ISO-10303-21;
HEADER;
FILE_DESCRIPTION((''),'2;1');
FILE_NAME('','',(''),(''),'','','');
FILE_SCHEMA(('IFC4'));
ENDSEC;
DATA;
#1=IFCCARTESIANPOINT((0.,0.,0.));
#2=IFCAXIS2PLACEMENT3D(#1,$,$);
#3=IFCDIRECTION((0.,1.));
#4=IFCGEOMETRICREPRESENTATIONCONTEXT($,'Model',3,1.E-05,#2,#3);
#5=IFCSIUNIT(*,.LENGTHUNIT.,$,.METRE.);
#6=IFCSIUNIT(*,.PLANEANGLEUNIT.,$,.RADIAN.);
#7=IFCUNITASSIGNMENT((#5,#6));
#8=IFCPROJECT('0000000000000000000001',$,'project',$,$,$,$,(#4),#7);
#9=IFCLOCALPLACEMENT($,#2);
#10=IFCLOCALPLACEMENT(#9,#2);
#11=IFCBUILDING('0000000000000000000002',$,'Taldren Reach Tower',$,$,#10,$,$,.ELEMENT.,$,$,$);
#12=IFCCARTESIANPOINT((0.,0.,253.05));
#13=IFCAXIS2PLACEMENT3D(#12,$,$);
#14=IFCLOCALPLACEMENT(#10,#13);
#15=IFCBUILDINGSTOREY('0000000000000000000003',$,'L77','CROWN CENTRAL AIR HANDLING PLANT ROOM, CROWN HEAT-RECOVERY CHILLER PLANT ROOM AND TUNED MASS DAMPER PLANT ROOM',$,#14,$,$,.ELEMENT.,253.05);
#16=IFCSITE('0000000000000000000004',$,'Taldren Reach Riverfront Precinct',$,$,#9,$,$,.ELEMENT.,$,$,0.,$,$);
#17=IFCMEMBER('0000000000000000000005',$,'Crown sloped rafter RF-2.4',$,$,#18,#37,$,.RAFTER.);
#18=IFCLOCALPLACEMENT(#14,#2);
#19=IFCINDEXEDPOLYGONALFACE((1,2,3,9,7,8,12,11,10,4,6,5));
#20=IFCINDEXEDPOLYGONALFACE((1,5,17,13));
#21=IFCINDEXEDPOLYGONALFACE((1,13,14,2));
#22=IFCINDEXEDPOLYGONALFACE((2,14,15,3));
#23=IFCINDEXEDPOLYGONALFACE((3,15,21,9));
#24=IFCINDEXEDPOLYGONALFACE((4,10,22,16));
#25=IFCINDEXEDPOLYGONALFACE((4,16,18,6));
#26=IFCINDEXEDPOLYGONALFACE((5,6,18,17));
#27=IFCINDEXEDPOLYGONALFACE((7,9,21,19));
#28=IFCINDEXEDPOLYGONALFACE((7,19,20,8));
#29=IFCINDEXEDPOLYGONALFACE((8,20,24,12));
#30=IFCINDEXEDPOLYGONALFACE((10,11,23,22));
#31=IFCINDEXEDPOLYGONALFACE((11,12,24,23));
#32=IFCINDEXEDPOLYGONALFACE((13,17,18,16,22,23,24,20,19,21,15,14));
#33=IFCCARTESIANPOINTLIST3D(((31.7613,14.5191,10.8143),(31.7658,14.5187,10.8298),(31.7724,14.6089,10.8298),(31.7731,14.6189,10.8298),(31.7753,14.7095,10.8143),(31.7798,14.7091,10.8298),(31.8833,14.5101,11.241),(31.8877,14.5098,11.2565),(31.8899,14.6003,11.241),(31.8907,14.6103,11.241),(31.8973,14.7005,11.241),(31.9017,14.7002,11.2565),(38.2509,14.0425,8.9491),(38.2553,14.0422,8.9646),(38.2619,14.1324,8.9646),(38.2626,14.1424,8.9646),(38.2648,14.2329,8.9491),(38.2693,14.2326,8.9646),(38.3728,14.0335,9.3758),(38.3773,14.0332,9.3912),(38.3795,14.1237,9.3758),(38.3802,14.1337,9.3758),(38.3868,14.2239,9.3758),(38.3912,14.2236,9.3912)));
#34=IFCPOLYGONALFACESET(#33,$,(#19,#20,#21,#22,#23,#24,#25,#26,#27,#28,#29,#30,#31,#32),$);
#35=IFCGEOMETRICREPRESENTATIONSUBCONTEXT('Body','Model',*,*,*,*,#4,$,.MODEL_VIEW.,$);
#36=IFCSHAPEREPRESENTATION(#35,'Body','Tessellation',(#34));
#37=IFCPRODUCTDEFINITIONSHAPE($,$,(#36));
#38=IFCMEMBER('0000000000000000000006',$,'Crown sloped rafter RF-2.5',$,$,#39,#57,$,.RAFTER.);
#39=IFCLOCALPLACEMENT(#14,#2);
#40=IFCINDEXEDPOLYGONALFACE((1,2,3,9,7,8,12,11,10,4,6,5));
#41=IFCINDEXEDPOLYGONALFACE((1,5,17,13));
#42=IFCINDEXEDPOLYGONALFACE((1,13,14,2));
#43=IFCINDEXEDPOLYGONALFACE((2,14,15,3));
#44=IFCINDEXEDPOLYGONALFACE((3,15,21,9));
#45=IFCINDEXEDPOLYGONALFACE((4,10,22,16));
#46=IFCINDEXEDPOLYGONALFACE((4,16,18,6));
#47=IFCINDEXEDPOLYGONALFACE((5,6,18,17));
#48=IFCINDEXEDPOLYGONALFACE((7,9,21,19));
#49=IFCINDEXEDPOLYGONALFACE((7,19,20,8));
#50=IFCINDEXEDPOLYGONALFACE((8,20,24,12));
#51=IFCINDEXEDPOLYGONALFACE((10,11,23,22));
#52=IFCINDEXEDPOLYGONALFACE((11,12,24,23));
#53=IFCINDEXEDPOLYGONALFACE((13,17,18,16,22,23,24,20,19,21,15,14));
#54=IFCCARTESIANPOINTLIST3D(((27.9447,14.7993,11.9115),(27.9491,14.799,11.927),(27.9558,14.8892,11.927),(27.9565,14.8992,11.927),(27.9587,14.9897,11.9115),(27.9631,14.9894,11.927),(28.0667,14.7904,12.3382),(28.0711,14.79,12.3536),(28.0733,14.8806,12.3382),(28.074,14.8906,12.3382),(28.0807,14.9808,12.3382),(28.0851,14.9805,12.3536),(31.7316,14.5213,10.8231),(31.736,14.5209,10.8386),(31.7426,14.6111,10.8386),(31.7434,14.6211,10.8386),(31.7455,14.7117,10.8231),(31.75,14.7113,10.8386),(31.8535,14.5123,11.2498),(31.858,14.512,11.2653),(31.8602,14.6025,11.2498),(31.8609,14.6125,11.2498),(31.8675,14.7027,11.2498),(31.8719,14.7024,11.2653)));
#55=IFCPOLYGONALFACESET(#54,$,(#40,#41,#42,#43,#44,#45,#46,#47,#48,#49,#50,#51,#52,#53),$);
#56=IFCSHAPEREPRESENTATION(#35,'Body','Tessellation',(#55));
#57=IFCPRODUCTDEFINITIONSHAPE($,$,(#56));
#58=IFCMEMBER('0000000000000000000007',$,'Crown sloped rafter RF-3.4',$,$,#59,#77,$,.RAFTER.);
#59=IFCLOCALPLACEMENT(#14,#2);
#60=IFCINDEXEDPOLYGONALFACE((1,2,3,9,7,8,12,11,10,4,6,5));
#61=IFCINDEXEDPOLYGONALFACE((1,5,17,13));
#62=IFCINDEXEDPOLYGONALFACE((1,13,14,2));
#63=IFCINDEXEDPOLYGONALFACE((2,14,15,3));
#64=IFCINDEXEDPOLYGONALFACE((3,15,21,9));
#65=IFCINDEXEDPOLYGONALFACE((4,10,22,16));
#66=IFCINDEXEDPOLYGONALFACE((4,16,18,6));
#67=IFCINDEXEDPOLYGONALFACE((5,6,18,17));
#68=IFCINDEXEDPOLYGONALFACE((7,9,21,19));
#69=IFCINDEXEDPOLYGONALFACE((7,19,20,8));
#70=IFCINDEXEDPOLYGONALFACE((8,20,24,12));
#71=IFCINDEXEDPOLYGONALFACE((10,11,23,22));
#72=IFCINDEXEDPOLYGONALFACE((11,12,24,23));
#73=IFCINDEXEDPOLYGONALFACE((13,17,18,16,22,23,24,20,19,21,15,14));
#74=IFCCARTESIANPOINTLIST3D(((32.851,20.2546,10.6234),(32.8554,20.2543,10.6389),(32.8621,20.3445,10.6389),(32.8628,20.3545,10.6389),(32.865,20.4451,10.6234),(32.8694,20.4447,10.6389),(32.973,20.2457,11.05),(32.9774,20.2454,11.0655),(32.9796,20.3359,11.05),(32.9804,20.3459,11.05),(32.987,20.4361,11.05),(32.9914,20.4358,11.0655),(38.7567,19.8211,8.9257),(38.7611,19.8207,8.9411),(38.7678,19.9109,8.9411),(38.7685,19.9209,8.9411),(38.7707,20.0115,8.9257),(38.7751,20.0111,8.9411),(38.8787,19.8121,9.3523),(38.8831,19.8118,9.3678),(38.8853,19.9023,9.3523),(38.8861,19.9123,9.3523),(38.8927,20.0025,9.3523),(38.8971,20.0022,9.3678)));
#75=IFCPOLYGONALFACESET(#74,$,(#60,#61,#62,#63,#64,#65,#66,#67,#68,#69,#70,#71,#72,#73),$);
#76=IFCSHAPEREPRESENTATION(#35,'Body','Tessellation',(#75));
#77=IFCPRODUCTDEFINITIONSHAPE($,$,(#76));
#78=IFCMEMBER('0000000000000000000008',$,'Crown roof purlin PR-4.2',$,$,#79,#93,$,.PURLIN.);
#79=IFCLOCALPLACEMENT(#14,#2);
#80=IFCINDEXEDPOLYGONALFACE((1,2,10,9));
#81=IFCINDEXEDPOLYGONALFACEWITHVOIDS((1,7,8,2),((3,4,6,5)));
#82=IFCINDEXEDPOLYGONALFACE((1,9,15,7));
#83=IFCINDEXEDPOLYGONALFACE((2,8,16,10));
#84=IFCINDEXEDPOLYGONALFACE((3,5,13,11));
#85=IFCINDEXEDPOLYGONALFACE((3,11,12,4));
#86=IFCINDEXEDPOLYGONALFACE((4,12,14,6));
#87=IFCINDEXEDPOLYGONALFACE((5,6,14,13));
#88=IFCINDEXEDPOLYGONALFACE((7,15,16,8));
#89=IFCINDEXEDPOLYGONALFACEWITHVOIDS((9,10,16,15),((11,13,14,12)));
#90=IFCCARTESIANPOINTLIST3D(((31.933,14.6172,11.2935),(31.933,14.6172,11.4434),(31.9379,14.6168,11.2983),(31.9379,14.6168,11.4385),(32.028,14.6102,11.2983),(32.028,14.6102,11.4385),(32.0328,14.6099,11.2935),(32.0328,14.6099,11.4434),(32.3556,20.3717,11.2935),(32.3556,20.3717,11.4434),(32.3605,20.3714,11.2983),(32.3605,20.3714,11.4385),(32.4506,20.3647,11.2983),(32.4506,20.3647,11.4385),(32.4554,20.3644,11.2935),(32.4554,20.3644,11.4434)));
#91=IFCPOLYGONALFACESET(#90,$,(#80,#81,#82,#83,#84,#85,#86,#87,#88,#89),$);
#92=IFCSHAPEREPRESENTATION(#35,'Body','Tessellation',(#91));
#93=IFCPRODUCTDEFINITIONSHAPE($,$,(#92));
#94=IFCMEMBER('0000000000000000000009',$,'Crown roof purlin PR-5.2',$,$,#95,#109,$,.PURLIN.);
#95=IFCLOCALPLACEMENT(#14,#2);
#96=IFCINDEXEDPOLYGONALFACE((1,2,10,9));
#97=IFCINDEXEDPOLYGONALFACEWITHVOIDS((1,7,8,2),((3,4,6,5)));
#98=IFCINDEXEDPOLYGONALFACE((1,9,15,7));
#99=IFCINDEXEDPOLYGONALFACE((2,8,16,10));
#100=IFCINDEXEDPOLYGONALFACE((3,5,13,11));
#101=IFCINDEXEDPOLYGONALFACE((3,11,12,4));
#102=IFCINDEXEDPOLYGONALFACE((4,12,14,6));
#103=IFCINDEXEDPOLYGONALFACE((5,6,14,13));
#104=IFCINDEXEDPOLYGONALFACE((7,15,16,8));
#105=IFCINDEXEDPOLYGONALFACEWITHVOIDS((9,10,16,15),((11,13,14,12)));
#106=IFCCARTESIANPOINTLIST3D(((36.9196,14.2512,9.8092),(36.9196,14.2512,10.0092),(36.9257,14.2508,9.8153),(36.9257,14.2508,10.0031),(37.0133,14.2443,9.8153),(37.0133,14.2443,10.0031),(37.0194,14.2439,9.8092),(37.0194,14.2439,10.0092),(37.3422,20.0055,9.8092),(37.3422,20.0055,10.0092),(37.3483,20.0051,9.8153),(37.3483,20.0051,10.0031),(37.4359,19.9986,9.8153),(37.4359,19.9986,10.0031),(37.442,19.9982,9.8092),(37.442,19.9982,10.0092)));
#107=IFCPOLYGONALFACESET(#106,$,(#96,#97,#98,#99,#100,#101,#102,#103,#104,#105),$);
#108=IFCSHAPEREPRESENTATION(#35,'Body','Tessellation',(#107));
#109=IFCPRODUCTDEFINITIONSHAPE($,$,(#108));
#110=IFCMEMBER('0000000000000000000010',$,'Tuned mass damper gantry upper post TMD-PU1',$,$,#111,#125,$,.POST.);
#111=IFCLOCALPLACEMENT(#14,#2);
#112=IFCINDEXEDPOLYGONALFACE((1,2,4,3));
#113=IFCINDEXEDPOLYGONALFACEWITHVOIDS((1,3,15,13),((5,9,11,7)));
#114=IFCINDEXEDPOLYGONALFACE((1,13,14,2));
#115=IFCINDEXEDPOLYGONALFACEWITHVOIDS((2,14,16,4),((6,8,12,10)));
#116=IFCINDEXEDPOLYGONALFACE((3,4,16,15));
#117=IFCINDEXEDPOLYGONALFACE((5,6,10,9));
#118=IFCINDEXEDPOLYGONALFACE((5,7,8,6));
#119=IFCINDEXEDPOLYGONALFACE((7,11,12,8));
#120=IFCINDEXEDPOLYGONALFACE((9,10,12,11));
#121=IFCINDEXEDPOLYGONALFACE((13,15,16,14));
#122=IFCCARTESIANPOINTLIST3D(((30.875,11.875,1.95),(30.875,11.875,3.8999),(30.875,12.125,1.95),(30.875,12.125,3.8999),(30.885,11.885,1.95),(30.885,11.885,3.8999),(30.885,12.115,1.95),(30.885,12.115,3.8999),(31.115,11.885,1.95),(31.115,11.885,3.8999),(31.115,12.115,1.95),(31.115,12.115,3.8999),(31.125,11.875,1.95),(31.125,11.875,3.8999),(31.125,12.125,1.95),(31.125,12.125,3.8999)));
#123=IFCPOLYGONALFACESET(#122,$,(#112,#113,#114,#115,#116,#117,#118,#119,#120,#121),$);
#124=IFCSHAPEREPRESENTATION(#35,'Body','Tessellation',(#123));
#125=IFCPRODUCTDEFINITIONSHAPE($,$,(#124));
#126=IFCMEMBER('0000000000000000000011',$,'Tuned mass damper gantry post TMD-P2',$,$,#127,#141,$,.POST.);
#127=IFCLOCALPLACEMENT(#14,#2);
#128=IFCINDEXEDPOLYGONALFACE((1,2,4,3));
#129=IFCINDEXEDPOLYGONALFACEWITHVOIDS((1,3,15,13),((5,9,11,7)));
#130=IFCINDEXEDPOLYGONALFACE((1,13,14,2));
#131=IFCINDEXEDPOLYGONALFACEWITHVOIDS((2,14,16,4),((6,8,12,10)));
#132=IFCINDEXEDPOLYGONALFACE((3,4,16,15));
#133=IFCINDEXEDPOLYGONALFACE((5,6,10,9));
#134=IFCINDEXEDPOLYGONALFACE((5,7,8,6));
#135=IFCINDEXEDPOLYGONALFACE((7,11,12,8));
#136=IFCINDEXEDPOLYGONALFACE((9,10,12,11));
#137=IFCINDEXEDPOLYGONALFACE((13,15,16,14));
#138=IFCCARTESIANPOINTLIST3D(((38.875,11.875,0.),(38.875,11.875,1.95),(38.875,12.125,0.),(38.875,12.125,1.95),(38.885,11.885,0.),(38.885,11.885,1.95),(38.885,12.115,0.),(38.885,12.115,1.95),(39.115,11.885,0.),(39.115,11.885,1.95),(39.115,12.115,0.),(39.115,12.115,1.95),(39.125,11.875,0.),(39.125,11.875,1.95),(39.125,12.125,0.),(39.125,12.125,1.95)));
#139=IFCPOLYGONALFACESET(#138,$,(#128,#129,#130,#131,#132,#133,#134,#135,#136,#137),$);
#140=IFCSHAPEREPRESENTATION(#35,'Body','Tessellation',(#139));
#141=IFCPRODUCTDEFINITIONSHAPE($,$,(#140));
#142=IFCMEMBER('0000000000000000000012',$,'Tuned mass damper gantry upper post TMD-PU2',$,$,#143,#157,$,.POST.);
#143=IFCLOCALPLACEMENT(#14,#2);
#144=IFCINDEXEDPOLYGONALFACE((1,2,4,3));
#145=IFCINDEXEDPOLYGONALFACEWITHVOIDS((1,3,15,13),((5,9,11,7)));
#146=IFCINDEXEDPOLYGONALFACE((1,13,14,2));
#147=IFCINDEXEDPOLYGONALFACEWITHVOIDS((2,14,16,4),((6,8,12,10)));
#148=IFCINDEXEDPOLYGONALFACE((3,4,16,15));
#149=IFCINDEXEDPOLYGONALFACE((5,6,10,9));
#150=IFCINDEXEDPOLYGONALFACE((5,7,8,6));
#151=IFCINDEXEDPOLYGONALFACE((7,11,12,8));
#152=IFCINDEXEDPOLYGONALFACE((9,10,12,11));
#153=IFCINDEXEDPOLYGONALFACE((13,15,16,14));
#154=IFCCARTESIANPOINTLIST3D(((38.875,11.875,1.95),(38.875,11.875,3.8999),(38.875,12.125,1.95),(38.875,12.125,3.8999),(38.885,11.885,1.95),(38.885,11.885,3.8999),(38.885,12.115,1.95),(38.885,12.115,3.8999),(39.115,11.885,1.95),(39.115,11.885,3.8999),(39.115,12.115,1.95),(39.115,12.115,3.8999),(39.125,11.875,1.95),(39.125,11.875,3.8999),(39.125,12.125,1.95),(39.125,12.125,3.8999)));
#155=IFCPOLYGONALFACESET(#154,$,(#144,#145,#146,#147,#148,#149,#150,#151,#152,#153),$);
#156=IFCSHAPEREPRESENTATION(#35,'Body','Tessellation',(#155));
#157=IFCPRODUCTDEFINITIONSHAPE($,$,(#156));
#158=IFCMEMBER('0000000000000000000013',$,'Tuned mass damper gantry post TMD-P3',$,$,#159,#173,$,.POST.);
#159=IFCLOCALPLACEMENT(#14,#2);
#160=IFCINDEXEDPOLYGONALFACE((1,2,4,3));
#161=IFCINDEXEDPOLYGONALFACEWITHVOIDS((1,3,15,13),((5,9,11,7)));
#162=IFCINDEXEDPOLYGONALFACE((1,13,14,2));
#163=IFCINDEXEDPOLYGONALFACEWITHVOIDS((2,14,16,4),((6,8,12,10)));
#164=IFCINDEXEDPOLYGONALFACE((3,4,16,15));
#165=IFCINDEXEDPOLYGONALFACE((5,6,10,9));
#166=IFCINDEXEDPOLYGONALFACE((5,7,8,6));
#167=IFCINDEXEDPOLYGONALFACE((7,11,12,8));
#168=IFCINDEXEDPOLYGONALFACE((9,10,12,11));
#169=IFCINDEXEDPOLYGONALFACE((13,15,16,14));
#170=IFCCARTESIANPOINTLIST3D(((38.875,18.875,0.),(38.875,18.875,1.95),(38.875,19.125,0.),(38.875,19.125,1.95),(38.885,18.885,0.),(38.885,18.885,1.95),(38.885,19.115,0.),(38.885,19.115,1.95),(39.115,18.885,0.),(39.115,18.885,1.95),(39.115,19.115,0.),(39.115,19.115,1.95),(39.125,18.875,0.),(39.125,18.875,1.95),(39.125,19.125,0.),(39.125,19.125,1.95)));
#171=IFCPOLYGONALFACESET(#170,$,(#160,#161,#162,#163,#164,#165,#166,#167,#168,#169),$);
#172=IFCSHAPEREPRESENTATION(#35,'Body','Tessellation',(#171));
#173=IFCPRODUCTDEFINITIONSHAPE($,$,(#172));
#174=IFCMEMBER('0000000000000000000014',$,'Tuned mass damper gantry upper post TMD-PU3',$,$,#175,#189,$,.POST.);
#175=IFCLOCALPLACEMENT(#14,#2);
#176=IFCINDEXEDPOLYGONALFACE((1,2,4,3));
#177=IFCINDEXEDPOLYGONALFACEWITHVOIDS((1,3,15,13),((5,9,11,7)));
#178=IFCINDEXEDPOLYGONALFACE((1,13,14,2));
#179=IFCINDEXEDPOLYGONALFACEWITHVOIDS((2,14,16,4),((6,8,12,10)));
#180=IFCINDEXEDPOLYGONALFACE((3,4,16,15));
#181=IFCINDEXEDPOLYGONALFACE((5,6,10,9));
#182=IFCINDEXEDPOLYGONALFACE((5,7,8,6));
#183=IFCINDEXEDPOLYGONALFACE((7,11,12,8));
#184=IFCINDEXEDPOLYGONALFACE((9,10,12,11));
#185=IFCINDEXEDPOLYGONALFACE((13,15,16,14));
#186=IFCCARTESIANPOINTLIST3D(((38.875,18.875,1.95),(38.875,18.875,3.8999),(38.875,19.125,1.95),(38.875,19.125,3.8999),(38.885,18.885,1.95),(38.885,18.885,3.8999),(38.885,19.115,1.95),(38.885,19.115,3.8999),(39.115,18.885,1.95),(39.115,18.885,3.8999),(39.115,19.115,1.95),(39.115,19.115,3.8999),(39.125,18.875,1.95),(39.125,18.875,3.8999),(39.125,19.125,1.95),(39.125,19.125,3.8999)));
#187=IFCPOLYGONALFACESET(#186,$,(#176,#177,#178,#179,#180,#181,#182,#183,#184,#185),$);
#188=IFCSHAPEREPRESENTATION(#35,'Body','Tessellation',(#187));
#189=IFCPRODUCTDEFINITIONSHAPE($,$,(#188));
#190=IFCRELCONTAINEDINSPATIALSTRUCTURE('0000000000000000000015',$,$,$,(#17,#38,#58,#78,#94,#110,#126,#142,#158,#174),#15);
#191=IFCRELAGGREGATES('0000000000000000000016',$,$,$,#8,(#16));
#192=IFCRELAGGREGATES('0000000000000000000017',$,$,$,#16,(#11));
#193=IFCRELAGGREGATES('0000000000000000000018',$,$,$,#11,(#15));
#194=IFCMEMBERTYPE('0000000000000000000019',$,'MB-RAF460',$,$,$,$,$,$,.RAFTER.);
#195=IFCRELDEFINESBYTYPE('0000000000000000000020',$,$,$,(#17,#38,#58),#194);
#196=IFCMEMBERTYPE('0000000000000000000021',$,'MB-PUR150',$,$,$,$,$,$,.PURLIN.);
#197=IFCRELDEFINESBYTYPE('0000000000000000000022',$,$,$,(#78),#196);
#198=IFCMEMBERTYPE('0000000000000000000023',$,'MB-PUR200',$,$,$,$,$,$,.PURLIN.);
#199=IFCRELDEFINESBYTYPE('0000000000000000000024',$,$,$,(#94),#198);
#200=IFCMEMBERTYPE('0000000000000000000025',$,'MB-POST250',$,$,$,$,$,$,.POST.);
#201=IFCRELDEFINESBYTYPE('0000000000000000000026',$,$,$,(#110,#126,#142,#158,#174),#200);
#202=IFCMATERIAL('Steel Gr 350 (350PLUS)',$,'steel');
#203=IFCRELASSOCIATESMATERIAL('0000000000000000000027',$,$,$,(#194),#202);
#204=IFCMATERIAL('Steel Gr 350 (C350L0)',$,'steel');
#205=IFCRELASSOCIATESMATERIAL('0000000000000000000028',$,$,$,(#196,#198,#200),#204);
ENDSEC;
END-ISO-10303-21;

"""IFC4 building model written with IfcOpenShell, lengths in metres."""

from ifc_helpers import new_model, si_unit, direction, frame, origin, origin_2d, place, context, subcontext, project, spatial, hollow_rectangle, i_section, extrude, source, transform, mapped, material, material_profile, profile_set, type_object, element, save


model = new_model("IFC4")

# Units and contexts
model_context = context("Model", 3, precision=1e-05, world=origin(), true_north=direction((0.0, 1.0)))
body_context = subcontext(model_context, "Body", "Model", "MODEL_VIEW")
ifc_project = project(units=[si_unit("LENGTHUNIT", "METRE"), si_unit("PLANEANGLEUNIT", "RADIAN")], contexts=[model_context])

# Site, building, storey
site_placement = place(None, origin())
site = spatial("IfcSite", under=ifc_project, at=site_placement, Name="Taldren Reach Riverfront Precinct", CompositionType="ELEMENT", RefElevation=0.0)
building_placement = place(site_placement, origin())
building = spatial("IfcBuilding", under=site, at=building_placement, Name="Taldren Reach Tower", CompositionType="ELEMENT")
storey_placement = place(building_placement, frame((0.0, 0.0, 253.05)))
storey = spatial("IfcBuildingStorey", under=building, at=storey_placement, Name="L77", Description="CROWN CENTRAL AIR HANDLING PLANT ROOM, CROWN HEAT-RECOVERY CHILLER PLANT ROOM AND TUNED MASS DAMPER PLANT ROOM", CompositionType="ELEMENT", Elevation=253.05)

# Members
ifc_material_1 = material(Name="Steel Gr 350 (350PLUS)", Category="steel")
ifc_material_profile_1 = material_profile(ifc_material_1, i_section(OverallWidth=0.1909, OverallDepth=0.46, WebThickness=0.01, FlangeThickness=0.0161, at=origin_2d()), Name="460UB82.1")
ifc_profile_set_1 = profile_set([ifc_material_profile_1], Name="Steel Gr 350 (350PLUS)")
member_type_1 = type_object("IfcMemberType", Name="MB-RAF460", PredefinedType="RAFTER", material=ifc_profile_set_1)
shared_shape_1 = source(origin(), body_context, "Body", "SweptSolid", [
    extrude(i_section(OverallWidth=0.1909, OverallDepth=0.46, WebThickness=0.01, FlangeThickness=0.0161, at=origin_2d()), origin(), (0.0, 0.0, 1.0), 6.769),
])
member_1_placement = place(storey_placement, frame((38.321, 14.1331, 9.1702), z_axis=(-0.958704, 0.070403, 0.275554), x_axis=(-0.073239, -0.997314, 0.0)))
element("IfcMember", 1, at=member_1_placement, inside=storey, type_object=member_type_1, Name="Crown sloped rafter RF-2.4", PredefinedType="RAFTER", context=body_context, shape_type="MappedRepresentation", body=[
    mapped(shared_shape_1, transform((0.0, 0.0, 0.0), scale=1.0)),
])
shared_shape_2 = source(origin(), body_context, "Body", "SweptSolid", [
    extrude(i_section(OverallWidth=0.1909, OverallDepth=0.46, WebThickness=0.01, FlangeThickness=0.0161, at=origin_2d()), origin(), (0.0, 0.0, 1.0), 3.95),
])
member_2_placement = place(storey_placement, frame((31.8018, 14.6118, 11.0442), z_axis=(-0.958708, 0.0704, 0.275541), x_axis=(-0.073235, -0.997315, 0.0)))
element("IfcMember", 2, at=member_2_placement, inside=storey, type_object=member_type_1, Name="Crown sloped rafter RF-2.5", PredefinedType="RAFTER", context=body_context, shape_type="MappedRepresentation", body=[
    mapped(shared_shape_2, transform((0.0, 0.0, 0.0), scale=1.0)),
])
shared_shape_3 = source(origin(), body_context, "Body", "SweptSolid", [
    extrude(i_section(OverallWidth=0.1909, OverallDepth=0.46, WebThickness=0.01, FlangeThickness=0.0161, at=origin_2d()), origin(), (0.0, 0.0, 1.0), 6.1602),
])
member_3_placement = place(storey_placement, frame((38.8269, 19.9116, 9.1467), z_axis=(-0.958692, 0.070386, 0.275599), x_axis=(-0.073222, -0.997316, 0.0)))
element("IfcMember", 3, at=member_3_placement, inside=storey, type_object=member_type_1, Name="Crown sloped rafter RF-3.4", PredefinedType="RAFTER", context=body_context, shape_type="MappedRepresentation", body=[
    mapped(shared_shape_3, transform((0.0, 0.0, 0.0), scale=1.0)),
])
ifc_material_2 = material(Name="Steel Gr 350 (C350L0)", Category="steel")
ifc_material_profile_2 = material_profile(ifc_material_2, hollow_rectangle(XDim=0.1001, YDim=0.1499, WallThickness=0.0049, at=origin_2d()), Name="150x100x5.0RHS")
ifc_profile_set_2 = profile_set([ifc_material_profile_2], Name="Steel Gr 350 (C350L0)")
member_type_2 = type_object("IfcMemberType", Name="MB-PUR150", PredefinedType="PURLIN", material=ifc_profile_set_2)
shared_shape_4 = source(origin(), body_context, "Body", "SweptSolid", [
    extrude(hollow_rectangle(XDim=0.1001, YDim=0.1499, WallThickness=0.0049, at=origin_2d()), origin(), (0.0, 0.0, 1.0), 5.77),
])
member_4_placement = place(storey_placement, frame((31.9829, 14.6135, 11.3684), z_axis=(0.07324, 0.997314, 0.0), x_axis=(-0.997314, 0.07324, 0.0)))
element("IfcMember", 4, at=member_4_placement, inside=storey, type_object=member_type_2, Name="Crown roof purlin PR-4.2", PredefinedType="PURLIN", context=body_context, shape_type="MappedRepresentation", body=[
    mapped(shared_shape_4, transform((0.0, 0.0, 0.0), scale=1.0)),
])
ifc_material_profile_3 = material_profile(ifc_material_2, hollow_rectangle(XDim=0.1001, YDim=0.2, WallThickness=0.0061, at=origin_2d()), Name="200x100x6.0RHS")
ifc_profile_set_3 = profile_set([ifc_material_profile_3], Name="Steel Gr 350 (C350L0)")
member_type_3 = type_object("IfcMemberType", Name="MB-PUR200", PredefinedType="PURLIN", material=ifc_profile_set_3)
shared_shape_5 = source(origin(), body_context, "Body", "SweptSolid", [
    extrude(hollow_rectangle(XDim=0.1001, YDim=0.2, WallThickness=0.0061, at=origin_2d()), origin(), (0.0, 0.0, 1.0), 5.7698),
])
member_5_placement = place(storey_placement, frame((36.9695, 14.2476, 9.9092), z_axis=(0.073244, 0.997314, 0.0), x_axis=(-0.997314, 0.073244, 0.0)))
element("IfcMember", 5, at=member_5_placement, inside=storey, type_object=member_type_3, Name="Crown roof purlin PR-5.2", PredefinedType="PURLIN", context=body_context, shape_type="MappedRepresentation", body=[
    mapped(shared_shape_5, transform((0.0, 0.0, 0.0), scale=1.0)),
])
ifc_material_profile_4 = material_profile(ifc_material_2, hollow_rectangle(XDim=0.25, YDim=0.25, WallThickness=0.01, at=origin_2d()), Name="250x250x10.0SHS")
ifc_profile_set_4 = profile_set([ifc_material_profile_4], Name="Steel Gr 350 (C350L0)")
member_type_4 = type_object("IfcMemberType", Name="MB-POST250", PredefinedType="POST", material=ifc_profile_set_4)
shared_shape_6 = source(origin(), body_context, "Body", "SweptSolid", [
    extrude(hollow_rectangle(XDim=0.25, YDim=0.25, WallThickness=0.01, at=origin_2d()), origin(), (0.0, 0.0, 1.0), 1.95),
])
for number, where, z_axis, x_axis, name in (
    (6, (31.0, 12.0, 1.95), (0.0, 0.0, 1.0), (1.0, 0.0, 0.0), "Tuned mass damper gantry upper post TMD-PU1"),
    (7, (39.0, 12.0, 0.0), (0.0, 0.0, 1.0), (1.0, 0.0, 0.0), "Tuned mass damper gantry post TMD-P2"),
    (8, (39.0, 12.0, 1.95), (0.0, 0.0, 1.0), (1.0, 0.0, 0.0), "Tuned mass damper gantry upper post TMD-PU2"),
    (9, (39.0, 19.0, 0.0), (0.0, 0.0, 1.0), (1.0, 0.0, 0.0), "Tuned mass damper gantry post TMD-P3"),
    (10, (39.0, 19.0, 1.95), (0.0, 0.0, 1.0), (1.0, 0.0, 0.0), "Tuned mass damper gantry upper post TMD-PU3"),
):
    element("IfcMember", number, at=place(storey_placement, frame(where, z_axis=z_axis, x_axis=x_axis)), inside=storey, type_object=member_type_4, Name=name, PredefinedType="POST", context=body_context, shape_type="MappedRepresentation", body=[
        mapped(shared_shape_6, transform((0.0, 0.0, 0.0), scale=1.0)),
    ])

save(model, "model.ifc")
